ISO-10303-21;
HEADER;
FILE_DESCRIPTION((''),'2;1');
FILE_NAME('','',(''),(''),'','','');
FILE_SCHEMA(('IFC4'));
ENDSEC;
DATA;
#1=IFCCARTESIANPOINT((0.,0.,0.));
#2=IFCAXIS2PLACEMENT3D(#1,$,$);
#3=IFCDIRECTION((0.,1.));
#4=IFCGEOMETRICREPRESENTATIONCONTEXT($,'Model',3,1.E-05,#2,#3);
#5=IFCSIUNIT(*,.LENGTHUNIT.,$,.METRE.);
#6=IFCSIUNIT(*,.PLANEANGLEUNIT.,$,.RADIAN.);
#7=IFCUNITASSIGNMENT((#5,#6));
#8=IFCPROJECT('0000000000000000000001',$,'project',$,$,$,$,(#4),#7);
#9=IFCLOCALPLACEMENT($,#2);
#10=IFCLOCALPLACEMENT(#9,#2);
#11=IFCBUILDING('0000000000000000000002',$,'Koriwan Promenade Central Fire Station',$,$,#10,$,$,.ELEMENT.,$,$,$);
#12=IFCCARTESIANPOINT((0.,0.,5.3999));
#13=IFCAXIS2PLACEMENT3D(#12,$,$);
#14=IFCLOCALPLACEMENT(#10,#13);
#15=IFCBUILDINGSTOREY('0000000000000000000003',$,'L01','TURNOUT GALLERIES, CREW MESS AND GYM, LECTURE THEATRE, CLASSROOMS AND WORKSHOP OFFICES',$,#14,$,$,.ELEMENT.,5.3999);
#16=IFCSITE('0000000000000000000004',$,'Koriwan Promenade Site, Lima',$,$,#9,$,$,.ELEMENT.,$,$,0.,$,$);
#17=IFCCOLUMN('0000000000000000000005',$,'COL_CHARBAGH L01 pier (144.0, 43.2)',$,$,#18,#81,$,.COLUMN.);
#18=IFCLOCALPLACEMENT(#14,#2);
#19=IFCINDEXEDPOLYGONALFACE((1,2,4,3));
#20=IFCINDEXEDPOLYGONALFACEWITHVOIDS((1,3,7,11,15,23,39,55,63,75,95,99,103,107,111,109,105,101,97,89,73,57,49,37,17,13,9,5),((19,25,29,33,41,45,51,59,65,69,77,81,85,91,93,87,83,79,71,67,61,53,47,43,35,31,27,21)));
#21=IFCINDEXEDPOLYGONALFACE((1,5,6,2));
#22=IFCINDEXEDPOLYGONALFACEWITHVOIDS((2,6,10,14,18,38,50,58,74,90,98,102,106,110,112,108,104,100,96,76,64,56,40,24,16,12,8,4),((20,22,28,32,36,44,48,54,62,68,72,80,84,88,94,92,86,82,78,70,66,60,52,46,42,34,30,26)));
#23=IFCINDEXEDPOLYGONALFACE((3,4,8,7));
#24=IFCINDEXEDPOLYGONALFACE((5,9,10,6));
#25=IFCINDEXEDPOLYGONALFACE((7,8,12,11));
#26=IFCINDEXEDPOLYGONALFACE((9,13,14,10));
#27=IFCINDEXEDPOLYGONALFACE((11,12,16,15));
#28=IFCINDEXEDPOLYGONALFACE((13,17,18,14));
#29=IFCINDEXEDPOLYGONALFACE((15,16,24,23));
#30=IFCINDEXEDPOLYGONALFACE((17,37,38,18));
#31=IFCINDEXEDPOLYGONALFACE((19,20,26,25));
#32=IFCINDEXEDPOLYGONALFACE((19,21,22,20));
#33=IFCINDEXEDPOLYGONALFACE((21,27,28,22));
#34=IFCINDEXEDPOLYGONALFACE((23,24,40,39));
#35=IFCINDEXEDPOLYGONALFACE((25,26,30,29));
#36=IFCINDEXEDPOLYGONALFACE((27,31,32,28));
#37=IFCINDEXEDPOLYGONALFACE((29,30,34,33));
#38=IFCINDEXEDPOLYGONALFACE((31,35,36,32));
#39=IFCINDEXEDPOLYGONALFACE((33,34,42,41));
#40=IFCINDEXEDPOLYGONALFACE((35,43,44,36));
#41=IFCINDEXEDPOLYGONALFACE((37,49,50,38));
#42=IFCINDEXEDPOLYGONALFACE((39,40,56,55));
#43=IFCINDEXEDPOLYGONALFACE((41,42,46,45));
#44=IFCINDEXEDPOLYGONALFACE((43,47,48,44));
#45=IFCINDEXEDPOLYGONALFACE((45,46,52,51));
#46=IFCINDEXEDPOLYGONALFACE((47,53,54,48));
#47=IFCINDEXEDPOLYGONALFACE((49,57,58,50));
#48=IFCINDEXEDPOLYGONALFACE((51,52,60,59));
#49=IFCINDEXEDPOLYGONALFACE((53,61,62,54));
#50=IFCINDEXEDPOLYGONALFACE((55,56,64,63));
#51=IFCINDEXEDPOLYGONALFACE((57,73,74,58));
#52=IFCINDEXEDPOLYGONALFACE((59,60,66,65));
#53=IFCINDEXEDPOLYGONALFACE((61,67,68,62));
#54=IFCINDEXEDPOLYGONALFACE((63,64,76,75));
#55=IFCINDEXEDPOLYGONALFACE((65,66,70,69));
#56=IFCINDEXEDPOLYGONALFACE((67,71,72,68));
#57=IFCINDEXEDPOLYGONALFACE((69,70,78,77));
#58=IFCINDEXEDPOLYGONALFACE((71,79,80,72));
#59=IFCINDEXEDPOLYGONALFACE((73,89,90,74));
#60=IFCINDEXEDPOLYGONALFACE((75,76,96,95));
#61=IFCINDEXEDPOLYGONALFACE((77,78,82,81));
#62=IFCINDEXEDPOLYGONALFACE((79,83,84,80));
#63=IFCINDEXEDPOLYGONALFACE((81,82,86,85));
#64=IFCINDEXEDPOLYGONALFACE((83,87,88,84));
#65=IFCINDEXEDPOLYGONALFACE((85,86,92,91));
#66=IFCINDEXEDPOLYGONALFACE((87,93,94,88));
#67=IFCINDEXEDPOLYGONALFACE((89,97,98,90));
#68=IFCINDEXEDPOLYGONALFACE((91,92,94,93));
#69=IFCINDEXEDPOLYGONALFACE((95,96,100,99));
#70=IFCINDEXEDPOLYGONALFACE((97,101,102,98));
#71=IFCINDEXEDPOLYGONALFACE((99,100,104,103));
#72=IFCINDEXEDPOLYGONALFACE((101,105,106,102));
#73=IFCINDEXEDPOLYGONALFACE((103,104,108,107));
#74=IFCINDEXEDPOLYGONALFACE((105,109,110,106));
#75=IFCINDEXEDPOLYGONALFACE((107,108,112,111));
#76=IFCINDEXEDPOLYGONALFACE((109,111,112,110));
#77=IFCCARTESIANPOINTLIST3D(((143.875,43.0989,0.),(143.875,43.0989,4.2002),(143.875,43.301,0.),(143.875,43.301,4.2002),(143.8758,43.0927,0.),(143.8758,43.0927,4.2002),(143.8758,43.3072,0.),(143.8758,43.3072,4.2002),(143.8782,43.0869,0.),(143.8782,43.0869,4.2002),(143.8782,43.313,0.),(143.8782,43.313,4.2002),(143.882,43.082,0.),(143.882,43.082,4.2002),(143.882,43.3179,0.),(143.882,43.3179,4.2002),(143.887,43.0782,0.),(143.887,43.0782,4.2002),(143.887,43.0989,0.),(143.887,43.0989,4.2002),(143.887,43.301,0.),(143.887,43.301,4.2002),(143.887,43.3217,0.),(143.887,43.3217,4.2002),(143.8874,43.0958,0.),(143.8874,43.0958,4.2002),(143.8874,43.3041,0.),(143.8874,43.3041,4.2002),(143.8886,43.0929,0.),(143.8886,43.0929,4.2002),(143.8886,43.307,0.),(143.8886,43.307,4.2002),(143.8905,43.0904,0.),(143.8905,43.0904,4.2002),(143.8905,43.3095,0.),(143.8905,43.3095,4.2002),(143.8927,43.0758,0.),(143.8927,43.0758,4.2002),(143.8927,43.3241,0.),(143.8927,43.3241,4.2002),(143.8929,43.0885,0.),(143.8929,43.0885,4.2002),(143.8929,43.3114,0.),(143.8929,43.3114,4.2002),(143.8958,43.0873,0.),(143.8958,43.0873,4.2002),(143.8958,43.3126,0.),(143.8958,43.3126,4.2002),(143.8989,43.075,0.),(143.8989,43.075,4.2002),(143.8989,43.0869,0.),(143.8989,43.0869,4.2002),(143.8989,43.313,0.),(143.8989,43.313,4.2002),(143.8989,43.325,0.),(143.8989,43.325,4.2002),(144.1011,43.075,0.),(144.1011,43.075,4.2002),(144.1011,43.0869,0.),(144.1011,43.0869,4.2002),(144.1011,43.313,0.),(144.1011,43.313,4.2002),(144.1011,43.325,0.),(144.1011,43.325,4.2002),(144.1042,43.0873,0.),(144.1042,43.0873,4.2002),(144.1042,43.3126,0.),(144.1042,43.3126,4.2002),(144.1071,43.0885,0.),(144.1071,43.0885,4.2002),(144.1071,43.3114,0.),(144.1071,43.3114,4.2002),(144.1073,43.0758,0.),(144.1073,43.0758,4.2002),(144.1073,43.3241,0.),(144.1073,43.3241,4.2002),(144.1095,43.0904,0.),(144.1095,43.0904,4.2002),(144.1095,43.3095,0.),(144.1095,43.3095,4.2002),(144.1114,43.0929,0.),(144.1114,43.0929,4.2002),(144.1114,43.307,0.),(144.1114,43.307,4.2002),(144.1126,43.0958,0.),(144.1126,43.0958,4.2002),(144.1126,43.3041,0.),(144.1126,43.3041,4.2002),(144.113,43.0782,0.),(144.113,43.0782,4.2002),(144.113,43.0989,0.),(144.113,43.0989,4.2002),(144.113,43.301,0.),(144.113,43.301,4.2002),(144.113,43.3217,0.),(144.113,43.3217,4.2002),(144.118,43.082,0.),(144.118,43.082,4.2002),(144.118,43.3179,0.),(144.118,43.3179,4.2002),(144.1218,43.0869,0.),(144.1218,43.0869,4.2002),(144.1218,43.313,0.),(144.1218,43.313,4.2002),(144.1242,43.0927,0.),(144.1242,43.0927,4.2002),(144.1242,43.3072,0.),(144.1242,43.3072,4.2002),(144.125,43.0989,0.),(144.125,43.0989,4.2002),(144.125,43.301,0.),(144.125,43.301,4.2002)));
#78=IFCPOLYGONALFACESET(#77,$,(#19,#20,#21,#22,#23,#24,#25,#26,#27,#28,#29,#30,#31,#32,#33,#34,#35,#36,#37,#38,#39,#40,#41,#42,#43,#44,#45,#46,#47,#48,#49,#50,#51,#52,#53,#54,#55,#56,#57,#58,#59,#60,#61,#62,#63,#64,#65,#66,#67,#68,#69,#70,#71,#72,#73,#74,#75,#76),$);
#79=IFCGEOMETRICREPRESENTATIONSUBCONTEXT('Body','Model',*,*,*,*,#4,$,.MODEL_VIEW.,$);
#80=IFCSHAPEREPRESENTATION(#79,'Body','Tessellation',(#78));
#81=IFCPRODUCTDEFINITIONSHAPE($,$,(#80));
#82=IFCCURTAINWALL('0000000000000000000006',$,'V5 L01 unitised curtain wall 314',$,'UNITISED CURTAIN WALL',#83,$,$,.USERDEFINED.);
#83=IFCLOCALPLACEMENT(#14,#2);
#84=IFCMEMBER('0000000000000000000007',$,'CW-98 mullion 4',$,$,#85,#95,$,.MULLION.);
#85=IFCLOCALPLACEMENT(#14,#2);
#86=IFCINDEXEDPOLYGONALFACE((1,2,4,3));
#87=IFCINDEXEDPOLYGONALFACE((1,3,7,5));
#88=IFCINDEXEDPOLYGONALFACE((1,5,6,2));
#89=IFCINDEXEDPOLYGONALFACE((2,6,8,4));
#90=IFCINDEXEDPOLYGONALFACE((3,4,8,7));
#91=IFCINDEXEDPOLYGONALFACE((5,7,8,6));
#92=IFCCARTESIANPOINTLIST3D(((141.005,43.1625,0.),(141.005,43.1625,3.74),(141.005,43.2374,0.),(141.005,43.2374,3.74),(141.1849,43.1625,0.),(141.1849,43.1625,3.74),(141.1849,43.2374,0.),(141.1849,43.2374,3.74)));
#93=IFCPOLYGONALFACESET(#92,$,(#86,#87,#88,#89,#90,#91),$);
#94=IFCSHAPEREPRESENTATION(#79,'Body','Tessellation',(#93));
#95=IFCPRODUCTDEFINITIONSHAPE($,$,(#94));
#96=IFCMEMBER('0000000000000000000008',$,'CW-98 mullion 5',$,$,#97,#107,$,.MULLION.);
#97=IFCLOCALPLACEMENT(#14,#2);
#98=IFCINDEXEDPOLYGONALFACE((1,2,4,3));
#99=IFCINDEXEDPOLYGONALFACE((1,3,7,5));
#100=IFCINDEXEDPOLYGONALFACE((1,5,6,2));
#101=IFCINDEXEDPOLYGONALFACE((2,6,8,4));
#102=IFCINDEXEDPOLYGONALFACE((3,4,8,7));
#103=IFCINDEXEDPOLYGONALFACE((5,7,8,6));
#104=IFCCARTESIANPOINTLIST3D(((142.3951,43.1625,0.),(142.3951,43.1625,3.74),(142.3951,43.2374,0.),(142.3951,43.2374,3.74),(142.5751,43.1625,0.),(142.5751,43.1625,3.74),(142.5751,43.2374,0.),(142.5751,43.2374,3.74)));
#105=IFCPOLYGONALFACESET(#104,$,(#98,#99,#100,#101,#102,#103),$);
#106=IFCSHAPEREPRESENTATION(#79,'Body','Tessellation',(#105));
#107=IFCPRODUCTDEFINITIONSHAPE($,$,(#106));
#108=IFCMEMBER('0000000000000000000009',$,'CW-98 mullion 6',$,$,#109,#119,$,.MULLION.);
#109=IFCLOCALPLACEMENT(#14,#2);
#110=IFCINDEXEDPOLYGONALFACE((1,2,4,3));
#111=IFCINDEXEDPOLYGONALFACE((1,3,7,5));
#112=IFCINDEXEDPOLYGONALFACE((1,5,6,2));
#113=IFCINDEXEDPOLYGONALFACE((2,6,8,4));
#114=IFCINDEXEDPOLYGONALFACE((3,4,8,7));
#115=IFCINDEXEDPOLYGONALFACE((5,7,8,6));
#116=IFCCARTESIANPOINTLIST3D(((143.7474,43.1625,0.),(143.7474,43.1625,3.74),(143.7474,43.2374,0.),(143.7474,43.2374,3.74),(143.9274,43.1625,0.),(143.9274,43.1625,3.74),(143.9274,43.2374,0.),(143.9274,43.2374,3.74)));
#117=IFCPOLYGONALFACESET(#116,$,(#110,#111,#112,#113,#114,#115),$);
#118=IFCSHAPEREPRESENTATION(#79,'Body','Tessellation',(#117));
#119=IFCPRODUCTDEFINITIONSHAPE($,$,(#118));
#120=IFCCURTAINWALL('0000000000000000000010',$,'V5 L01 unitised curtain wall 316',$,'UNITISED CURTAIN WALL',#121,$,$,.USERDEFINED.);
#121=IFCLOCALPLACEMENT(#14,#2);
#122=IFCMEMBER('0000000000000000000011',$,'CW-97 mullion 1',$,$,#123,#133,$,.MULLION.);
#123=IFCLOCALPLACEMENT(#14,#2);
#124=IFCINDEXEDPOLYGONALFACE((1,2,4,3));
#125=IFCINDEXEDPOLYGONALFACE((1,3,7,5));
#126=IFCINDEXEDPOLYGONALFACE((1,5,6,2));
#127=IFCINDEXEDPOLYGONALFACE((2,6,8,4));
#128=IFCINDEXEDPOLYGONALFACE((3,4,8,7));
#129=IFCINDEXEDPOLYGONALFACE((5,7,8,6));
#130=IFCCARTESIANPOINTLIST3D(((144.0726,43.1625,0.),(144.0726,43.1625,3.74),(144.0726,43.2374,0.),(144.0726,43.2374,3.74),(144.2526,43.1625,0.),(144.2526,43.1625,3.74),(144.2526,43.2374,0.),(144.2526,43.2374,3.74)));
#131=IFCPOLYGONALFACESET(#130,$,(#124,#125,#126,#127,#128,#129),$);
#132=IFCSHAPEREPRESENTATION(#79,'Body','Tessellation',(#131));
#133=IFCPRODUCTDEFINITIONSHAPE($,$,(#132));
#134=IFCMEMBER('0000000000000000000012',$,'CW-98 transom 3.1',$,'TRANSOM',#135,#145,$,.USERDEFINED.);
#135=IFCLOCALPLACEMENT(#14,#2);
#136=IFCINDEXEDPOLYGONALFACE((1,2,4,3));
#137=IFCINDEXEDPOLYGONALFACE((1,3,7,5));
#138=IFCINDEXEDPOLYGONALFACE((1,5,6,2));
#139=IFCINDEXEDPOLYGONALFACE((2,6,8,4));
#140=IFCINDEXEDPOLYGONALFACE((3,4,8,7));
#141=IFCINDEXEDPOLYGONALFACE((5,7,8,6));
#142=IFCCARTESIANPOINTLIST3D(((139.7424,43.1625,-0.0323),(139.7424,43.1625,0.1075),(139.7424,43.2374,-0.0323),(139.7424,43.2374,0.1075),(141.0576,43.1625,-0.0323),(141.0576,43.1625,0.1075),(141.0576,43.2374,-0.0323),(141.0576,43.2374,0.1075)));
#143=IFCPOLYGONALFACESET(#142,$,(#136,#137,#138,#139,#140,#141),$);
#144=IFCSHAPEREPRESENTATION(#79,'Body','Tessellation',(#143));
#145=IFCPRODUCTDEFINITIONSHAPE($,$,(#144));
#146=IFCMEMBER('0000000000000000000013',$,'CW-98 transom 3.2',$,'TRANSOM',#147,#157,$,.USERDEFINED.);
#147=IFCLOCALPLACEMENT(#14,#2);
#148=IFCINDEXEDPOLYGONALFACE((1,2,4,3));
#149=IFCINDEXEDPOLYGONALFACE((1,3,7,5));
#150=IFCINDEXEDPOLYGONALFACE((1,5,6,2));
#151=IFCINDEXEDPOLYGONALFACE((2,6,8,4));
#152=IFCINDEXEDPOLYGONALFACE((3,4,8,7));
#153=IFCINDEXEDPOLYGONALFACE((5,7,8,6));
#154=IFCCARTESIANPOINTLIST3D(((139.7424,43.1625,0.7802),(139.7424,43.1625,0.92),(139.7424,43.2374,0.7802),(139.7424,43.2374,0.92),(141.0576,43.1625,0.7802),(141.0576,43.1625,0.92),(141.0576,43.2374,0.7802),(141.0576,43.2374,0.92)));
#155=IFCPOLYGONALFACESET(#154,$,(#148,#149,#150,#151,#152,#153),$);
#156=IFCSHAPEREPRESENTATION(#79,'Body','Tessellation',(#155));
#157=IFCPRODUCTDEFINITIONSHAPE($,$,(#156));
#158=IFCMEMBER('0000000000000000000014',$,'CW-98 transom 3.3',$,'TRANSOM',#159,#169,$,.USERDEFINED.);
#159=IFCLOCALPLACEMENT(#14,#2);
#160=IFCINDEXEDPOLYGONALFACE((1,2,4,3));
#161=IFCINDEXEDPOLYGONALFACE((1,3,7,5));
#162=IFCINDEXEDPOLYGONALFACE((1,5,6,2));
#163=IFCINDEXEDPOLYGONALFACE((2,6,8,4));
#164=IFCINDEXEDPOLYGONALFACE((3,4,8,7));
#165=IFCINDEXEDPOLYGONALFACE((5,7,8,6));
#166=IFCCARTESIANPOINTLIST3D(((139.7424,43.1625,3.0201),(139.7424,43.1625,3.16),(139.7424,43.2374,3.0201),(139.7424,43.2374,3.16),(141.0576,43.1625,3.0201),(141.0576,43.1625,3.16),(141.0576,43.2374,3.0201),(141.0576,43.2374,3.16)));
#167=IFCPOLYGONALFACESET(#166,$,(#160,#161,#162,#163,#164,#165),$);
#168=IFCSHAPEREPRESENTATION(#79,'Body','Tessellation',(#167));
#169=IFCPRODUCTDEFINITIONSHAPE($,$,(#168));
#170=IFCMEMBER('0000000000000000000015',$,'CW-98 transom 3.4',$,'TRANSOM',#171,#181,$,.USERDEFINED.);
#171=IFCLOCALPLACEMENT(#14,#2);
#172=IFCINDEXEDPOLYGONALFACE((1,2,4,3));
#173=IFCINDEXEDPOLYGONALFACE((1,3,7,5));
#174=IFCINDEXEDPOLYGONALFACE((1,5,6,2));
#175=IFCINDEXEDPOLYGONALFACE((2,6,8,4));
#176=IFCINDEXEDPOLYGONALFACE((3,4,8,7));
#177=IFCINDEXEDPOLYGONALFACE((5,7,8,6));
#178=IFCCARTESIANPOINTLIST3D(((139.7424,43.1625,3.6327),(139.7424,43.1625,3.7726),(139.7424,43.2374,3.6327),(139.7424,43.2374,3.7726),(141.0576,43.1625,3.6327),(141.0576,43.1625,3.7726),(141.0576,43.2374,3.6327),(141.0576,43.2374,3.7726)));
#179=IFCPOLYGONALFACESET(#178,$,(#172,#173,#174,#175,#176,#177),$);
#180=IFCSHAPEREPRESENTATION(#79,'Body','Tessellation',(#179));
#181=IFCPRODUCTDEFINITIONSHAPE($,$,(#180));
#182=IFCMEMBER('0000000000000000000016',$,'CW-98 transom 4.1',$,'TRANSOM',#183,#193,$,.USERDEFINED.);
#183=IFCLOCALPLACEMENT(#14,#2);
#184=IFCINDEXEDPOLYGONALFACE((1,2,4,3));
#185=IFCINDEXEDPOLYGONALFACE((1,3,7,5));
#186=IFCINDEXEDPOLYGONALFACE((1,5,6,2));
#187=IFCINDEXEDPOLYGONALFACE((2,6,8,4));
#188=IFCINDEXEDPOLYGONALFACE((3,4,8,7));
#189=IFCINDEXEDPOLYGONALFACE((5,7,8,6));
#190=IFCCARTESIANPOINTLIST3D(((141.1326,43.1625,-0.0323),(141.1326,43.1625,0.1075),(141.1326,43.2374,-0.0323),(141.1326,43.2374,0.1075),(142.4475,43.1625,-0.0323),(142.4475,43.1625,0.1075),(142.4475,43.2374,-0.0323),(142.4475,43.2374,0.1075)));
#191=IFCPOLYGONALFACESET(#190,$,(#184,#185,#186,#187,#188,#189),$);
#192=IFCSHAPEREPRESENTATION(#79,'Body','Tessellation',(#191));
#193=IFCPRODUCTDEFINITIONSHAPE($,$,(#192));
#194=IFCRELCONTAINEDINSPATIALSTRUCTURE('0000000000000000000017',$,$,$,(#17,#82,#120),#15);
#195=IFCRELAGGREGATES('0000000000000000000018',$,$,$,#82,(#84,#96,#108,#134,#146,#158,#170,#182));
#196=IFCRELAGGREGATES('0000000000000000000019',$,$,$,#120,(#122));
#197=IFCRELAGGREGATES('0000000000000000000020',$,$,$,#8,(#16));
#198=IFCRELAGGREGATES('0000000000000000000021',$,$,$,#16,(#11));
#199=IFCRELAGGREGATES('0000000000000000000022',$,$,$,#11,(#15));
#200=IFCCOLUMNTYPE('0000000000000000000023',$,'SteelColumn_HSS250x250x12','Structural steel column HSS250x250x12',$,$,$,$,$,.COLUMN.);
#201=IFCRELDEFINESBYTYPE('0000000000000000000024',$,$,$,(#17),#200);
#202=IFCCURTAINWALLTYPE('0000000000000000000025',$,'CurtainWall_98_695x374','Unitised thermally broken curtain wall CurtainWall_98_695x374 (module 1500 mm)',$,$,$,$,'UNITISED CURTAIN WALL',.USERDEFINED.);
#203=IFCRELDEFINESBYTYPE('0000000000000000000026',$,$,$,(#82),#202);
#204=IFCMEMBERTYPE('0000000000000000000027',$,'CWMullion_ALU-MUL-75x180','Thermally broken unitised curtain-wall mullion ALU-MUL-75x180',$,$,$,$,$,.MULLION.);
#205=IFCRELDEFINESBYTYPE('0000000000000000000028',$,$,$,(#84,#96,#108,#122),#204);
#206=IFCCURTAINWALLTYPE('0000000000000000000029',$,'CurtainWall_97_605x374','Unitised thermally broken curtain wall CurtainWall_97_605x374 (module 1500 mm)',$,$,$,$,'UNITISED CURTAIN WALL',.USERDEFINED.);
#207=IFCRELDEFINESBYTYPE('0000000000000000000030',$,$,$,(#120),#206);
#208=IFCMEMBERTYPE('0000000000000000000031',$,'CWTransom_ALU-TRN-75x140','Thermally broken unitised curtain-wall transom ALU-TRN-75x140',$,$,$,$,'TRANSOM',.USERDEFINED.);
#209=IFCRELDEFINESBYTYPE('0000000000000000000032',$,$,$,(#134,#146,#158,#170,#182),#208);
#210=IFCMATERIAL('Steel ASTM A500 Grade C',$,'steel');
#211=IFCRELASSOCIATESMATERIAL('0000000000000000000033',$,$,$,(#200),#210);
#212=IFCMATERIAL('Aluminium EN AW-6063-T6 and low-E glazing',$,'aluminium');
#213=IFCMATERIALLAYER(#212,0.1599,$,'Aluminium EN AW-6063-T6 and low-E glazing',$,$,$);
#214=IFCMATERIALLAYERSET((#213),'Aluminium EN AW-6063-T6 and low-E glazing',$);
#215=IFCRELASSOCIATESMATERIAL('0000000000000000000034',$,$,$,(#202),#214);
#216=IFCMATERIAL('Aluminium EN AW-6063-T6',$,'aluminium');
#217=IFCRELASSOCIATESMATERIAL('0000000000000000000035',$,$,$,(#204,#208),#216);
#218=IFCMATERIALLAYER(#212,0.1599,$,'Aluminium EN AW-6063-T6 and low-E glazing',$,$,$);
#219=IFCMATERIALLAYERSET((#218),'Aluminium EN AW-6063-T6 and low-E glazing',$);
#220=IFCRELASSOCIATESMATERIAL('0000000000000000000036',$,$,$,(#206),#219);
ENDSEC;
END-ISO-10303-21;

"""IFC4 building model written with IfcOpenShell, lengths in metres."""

from ifc_helpers import new_model, si_unit, direction, frame, origin, origin_2d, place, context, subcontext, project, spatial, rectangle, hollow_rectangle, extrude, material, layer, layer_set, material_profile, profile_set, type_object, element, aggregate, save


model = new_model("IFC4")

# Units and contexts
model_context = context("Model", 3, precision=1e-05, world=origin(), true_north=direction((0.0, 1.0)))
body_context = subcontext(model_context, "Body", "Model", "MODEL_VIEW")
ifc_project = project(units=[si_unit("LENGTHUNIT", "METRE"), si_unit("PLANEANGLEUNIT", "RADIAN")], contexts=[model_context])

# Site, building, storey
site_placement = place(None, origin())
site = spatial("IfcSite", under=ifc_project, at=site_placement, Name="Koriwan Promenade Site, Lima", CompositionType="ELEMENT", RefElevation=0.0)
building_placement = place(site_placement, origin())
building = spatial("IfcBuilding", under=site, at=building_placement, Name="Koriwan Promenade Central Fire Station", CompositionType="ELEMENT")
storey_placement = place(building_placement, frame((0.0, 0.0, 5.3999)))
storey = spatial("IfcBuildingStorey", under=building, at=storey_placement, Name="L01", Description="TURNOUT GALLERIES, CREW MESS AND GYM, LECTURE THEATRE, CLASSROOMS AND WORKSHOP OFFICES", CompositionType="ELEMENT", Elevation=5.3999)

# Column
ifc_material_1 = material(Name="Steel ASTM A500 Grade C", Category="steel")
ifc_material_profile_1 = material_profile(ifc_material_1, hollow_rectangle(XDim=0.25, YDim=0.25, WallThickness=0.012, InnerFilletRadius=0.012, OuterFilletRadius=0.0239, at=origin_2d()), Name="HSS250x250x12")
ifc_profile_set_1 = profile_set([ifc_material_profile_1], Name="Steel ASTM A500 Grade C")
column_type = type_object("IfcColumnType", Name="SteelColumn_HSS250x250x12", Description="Structural steel column HSS250x250x12", PredefinedType="COLUMN", material=ifc_profile_set_1)
column_placement = place(storey_placement, frame((144.0, 43.2, 0.0), z_axis=(0.0, 0.0, 1.0), x_axis=(1.0, 0.0, 0.0)))
element("IfcColumn", 1, at=column_placement, inside=storey, type_object=column_type, Name="COL_CHARBAGH L01 pier (144.0, 43.2)", PredefinedType="COLUMN", context=body_context, shape_type="SweptSolid", body=[
    extrude(hollow_rectangle(XDim=0.25, YDim=0.25, WallThickness=0.012, InnerFilletRadius=0.012, OuterFilletRadius=0.0239, at=origin_2d()), origin(), (0.0, 0.0, 1.0), 4.2002),
])

# Curtain wall, members
ifc_material_2 = material(Name="Aluminium EN AW-6063-T6 and low-E glazing", Category="aluminium")
ifc_layer_1 = layer(ifc_material_2, 0.1599, Name="Aluminium EN AW-6063-T6 and low-E glazing")
ifc_layer_set_1 = layer_set([ifc_layer_1], Name="Aluminium EN AW-6063-T6 and low-E glazing")
curtain_wall_type_1 = type_object("IfcCurtainWallType", Name="CurtainWall_98_695x374", Description="Unitised thermally broken curtain wall CurtainWall_98_695x374 (module 1500 mm)", ElementType="UNITISED CURTAIN WALL", PredefinedType="USERDEFINED", material=ifc_layer_set_1)
curtain_wall_1_placement = place(storey_placement, origin())
curtain_wall_1 = element("IfcCurtainWall", 2, at=curtain_wall_1_placement, inside=storey, type_object=curtain_wall_type_1, Name="V5 L01 unitised curtain wall 314", ObjectType="UNITISED CURTAIN WALL", PredefinedType="USERDEFINED")
ifc_material_3 = material(Name="Aluminium EN AW-6063-T6", Category="aluminium")
ifc_material_profile_2 = material_profile(ifc_material_3, rectangle(XDim=0.075, YDim=0.1799, at=origin_2d()), Name="ALU-MUL-75x180")
ifc_profile_set_2 = profile_set([ifc_material_profile_2], Name="Aluminium EN AW-6063-T6")
member_type_1 = type_object("IfcMemberType", Name="CWMullion_ALU-MUL-75x180", Description="Thermally broken unitised curtain-wall mullion ALU-MUL-75x180", PredefinedType="MULLION", material=ifc_profile_set_2)
member_1_placement = place(storey_placement, frame((141.095, 43.2, 0.0), z_axis=(0.0, 0.0, 1.0), x_axis=(0.0, 1.0, 0.0)))
member_1 = element("IfcMember", 3, at=member_1_placement, type_object=member_type_1, Name="CW-98 mullion 4", PredefinedType="MULLION", context=body_context, shape_type="SweptSolid", body=[
    extrude(rectangle(XDim=0.075, YDim=0.1799, at=origin_2d()), origin(), (0.0, 0.0, 1.0), 3.74),
])
member_2_placement = place(storey_placement, frame((142.4851, 43.2, 0.0), z_axis=(0.0, 0.0, 1.0), x_axis=(0.0, 1.0, 0.0)))
member_2 = element("IfcMember", 4, at=member_2_placement, type_object=member_type_1, Name="CW-98 mullion 5", PredefinedType="MULLION", context=body_context, shape_type="SweptSolid", body=[
    extrude(rectangle(XDim=0.075, YDim=0.1799, at=origin_2d()), origin(), (0.0, 0.0, 1.0), 3.74),
])
member_3_placement = place(storey_placement, frame((143.8374, 43.2, 0.0), z_axis=(0.0, 0.0, 1.0), x_axis=(0.0, 1.0, 0.0)))
member_3 = element("IfcMember", 5, at=member_3_placement, type_object=member_type_1, Name="CW-98 mullion 6", PredefinedType="MULLION", context=body_context, shape_type="SweptSolid", body=[
    extrude(rectangle(XDim=0.075, YDim=0.1799, at=origin_2d()), origin(), (0.0, 0.0, 1.0), 3.74),
])

# Curtain wall, member
ifc_layer_2 = layer(ifc_material_2, 0.1599, Name="Aluminium EN AW-6063-T6 and low-E glazing")
ifc_layer_set_2 = layer_set([ifc_layer_2], Name="Aluminium EN AW-6063-T6 and low-E glazing")
curtain_wall_type_2 = type_object("IfcCurtainWallType", Name="CurtainWall_97_605x374", Description="Unitised thermally broken curtain wall CurtainWall_97_605x374 (module 1500 mm)", ElementType="UNITISED CURTAIN WALL", PredefinedType="USERDEFINED", material=ifc_layer_set_2)
curtain_wall_2_placement = place(storey_placement, origin())
curtain_wall_2 = element("IfcCurtainWall", 6, at=curtain_wall_2_placement, inside=storey, type_object=curtain_wall_type_2, Name="V5 L01 unitised curtain wall 316", ObjectType="UNITISED CURTAIN WALL", PredefinedType="USERDEFINED")
member_4_placement = place(storey_placement, frame((144.1626, 43.2, 0.0), z_axis=(0.0, 0.0, 1.0), x_axis=(0.0, 1.0, 0.0)))
member_4 = element("IfcMember", 7, at=member_4_placement, type_object=member_type_1, Name="CW-97 mullion 1", PredefinedType="MULLION", context=body_context, shape_type="SweptSolid", body=[
    extrude(rectangle(XDim=0.075, YDim=0.1799, at=origin_2d()), origin(), (0.0, 0.0, 1.0), 3.74),
])

# Members
ifc_material_profile_3 = material_profile(ifc_material_3, rectangle(XDim=0.075, YDim=0.1399, at=origin_2d()), Name="ALU-TRN-75x140")
ifc_profile_set_3 = profile_set([ifc_material_profile_3], Name="Aluminium EN AW-6063-T6")
member_type_2 = type_object("IfcMemberType", Name="CWTransom_ALU-TRN-75x140", Description="Thermally broken unitised curtain-wall transom ALU-TRN-75x140", ElementType="TRANSOM", PredefinedType="USERDEFINED", material=ifc_profile_set_3)
member_5_placement = place(storey_placement, frame((139.7424, 43.2, 0.0376), z_axis=(1.0, 0.0, 0.0), x_axis=(0.0, 1.0, 0.0)))
member_5 = element("IfcMember", 8, at=member_5_placement, type_object=member_type_2, Name="CW-98 transom 3.1", ObjectType="TRANSOM", PredefinedType="USERDEFINED", context=body_context, shape_type="SweptSolid", body=[
    extrude(rectangle(XDim=0.075, YDim=0.1399, at=origin_2d()), origin(), (0.0, 0.0, 1.0), 1.3152),
])
member_6_placement = place(storey_placement, frame((139.7424, 43.2, 0.8501), z_axis=(1.0, 0.0, 0.0), x_axis=(0.0, 1.0, 0.0)))
member_6 = element("IfcMember", 9, at=member_6_placement, type_object=member_type_2, Name="CW-98 transom 3.2", ObjectType="TRANSOM", PredefinedType="USERDEFINED", context=body_context, shape_type="SweptSolid", body=[
    extrude(rectangle(XDim=0.075, YDim=0.1399, at=origin_2d()), origin(), (0.0, 0.0, 1.0), 1.3152),
])
member_7_placement = place(storey_placement, frame((139.7424, 43.2, 3.0901), z_axis=(1.0, 0.0, 0.0), x_axis=(0.0, 1.0, 0.0)))
member_7 = element("IfcMember", 10, at=member_7_placement, type_object=member_type_2, Name="CW-98 transom 3.3", ObjectType="TRANSOM", PredefinedType="USERDEFINED", context=body_context, shape_type="SweptSolid", body=[
    extrude(rectangle(XDim=0.075, YDim=0.1399, at=origin_2d()), origin(), (0.0, 0.0, 1.0), 1.3152),
])
member_8_placement = place(storey_placement, frame((139.7424, 43.2, 3.7026), z_axis=(1.0, 0.0, 0.0), x_axis=(0.0, 1.0, 0.0)))
member_8 = element("IfcMember", 11, at=member_8_placement, type_object=member_type_2, Name="CW-98 transom 3.4", ObjectType="TRANSOM", PredefinedType="USERDEFINED", context=body_context, shape_type="SweptSolid", body=[
    extrude(rectangle(XDim=0.075, YDim=0.1399, at=origin_2d()), origin(), (0.0, 0.0, 1.0), 1.3152),
])
member_9_placement = place(storey_placement, frame((141.1326, 43.2, 0.0376), z_axis=(1.0, 0.0, 0.0), x_axis=(0.0, 1.0, 0.0)))
member_9 = element("IfcMember", 12, at=member_9_placement, type_object=member_type_2, Name="CW-98 transom 4.1", ObjectType="TRANSOM", PredefinedType="USERDEFINED", context=body_context, shape_type="SweptSolid", body=[
    extrude(rectangle(XDim=0.075, YDim=0.1399, at=origin_2d()), origin(), (0.0, 0.0, 1.0), 1.3149),
])

aggregate(curtain_wall_1, [member_1, member_2, member_3, member_5, member_6, member_7, member_8, member_9])
aggregate(curtain_wall_2, [member_4])

save(model, "model.ifc")
